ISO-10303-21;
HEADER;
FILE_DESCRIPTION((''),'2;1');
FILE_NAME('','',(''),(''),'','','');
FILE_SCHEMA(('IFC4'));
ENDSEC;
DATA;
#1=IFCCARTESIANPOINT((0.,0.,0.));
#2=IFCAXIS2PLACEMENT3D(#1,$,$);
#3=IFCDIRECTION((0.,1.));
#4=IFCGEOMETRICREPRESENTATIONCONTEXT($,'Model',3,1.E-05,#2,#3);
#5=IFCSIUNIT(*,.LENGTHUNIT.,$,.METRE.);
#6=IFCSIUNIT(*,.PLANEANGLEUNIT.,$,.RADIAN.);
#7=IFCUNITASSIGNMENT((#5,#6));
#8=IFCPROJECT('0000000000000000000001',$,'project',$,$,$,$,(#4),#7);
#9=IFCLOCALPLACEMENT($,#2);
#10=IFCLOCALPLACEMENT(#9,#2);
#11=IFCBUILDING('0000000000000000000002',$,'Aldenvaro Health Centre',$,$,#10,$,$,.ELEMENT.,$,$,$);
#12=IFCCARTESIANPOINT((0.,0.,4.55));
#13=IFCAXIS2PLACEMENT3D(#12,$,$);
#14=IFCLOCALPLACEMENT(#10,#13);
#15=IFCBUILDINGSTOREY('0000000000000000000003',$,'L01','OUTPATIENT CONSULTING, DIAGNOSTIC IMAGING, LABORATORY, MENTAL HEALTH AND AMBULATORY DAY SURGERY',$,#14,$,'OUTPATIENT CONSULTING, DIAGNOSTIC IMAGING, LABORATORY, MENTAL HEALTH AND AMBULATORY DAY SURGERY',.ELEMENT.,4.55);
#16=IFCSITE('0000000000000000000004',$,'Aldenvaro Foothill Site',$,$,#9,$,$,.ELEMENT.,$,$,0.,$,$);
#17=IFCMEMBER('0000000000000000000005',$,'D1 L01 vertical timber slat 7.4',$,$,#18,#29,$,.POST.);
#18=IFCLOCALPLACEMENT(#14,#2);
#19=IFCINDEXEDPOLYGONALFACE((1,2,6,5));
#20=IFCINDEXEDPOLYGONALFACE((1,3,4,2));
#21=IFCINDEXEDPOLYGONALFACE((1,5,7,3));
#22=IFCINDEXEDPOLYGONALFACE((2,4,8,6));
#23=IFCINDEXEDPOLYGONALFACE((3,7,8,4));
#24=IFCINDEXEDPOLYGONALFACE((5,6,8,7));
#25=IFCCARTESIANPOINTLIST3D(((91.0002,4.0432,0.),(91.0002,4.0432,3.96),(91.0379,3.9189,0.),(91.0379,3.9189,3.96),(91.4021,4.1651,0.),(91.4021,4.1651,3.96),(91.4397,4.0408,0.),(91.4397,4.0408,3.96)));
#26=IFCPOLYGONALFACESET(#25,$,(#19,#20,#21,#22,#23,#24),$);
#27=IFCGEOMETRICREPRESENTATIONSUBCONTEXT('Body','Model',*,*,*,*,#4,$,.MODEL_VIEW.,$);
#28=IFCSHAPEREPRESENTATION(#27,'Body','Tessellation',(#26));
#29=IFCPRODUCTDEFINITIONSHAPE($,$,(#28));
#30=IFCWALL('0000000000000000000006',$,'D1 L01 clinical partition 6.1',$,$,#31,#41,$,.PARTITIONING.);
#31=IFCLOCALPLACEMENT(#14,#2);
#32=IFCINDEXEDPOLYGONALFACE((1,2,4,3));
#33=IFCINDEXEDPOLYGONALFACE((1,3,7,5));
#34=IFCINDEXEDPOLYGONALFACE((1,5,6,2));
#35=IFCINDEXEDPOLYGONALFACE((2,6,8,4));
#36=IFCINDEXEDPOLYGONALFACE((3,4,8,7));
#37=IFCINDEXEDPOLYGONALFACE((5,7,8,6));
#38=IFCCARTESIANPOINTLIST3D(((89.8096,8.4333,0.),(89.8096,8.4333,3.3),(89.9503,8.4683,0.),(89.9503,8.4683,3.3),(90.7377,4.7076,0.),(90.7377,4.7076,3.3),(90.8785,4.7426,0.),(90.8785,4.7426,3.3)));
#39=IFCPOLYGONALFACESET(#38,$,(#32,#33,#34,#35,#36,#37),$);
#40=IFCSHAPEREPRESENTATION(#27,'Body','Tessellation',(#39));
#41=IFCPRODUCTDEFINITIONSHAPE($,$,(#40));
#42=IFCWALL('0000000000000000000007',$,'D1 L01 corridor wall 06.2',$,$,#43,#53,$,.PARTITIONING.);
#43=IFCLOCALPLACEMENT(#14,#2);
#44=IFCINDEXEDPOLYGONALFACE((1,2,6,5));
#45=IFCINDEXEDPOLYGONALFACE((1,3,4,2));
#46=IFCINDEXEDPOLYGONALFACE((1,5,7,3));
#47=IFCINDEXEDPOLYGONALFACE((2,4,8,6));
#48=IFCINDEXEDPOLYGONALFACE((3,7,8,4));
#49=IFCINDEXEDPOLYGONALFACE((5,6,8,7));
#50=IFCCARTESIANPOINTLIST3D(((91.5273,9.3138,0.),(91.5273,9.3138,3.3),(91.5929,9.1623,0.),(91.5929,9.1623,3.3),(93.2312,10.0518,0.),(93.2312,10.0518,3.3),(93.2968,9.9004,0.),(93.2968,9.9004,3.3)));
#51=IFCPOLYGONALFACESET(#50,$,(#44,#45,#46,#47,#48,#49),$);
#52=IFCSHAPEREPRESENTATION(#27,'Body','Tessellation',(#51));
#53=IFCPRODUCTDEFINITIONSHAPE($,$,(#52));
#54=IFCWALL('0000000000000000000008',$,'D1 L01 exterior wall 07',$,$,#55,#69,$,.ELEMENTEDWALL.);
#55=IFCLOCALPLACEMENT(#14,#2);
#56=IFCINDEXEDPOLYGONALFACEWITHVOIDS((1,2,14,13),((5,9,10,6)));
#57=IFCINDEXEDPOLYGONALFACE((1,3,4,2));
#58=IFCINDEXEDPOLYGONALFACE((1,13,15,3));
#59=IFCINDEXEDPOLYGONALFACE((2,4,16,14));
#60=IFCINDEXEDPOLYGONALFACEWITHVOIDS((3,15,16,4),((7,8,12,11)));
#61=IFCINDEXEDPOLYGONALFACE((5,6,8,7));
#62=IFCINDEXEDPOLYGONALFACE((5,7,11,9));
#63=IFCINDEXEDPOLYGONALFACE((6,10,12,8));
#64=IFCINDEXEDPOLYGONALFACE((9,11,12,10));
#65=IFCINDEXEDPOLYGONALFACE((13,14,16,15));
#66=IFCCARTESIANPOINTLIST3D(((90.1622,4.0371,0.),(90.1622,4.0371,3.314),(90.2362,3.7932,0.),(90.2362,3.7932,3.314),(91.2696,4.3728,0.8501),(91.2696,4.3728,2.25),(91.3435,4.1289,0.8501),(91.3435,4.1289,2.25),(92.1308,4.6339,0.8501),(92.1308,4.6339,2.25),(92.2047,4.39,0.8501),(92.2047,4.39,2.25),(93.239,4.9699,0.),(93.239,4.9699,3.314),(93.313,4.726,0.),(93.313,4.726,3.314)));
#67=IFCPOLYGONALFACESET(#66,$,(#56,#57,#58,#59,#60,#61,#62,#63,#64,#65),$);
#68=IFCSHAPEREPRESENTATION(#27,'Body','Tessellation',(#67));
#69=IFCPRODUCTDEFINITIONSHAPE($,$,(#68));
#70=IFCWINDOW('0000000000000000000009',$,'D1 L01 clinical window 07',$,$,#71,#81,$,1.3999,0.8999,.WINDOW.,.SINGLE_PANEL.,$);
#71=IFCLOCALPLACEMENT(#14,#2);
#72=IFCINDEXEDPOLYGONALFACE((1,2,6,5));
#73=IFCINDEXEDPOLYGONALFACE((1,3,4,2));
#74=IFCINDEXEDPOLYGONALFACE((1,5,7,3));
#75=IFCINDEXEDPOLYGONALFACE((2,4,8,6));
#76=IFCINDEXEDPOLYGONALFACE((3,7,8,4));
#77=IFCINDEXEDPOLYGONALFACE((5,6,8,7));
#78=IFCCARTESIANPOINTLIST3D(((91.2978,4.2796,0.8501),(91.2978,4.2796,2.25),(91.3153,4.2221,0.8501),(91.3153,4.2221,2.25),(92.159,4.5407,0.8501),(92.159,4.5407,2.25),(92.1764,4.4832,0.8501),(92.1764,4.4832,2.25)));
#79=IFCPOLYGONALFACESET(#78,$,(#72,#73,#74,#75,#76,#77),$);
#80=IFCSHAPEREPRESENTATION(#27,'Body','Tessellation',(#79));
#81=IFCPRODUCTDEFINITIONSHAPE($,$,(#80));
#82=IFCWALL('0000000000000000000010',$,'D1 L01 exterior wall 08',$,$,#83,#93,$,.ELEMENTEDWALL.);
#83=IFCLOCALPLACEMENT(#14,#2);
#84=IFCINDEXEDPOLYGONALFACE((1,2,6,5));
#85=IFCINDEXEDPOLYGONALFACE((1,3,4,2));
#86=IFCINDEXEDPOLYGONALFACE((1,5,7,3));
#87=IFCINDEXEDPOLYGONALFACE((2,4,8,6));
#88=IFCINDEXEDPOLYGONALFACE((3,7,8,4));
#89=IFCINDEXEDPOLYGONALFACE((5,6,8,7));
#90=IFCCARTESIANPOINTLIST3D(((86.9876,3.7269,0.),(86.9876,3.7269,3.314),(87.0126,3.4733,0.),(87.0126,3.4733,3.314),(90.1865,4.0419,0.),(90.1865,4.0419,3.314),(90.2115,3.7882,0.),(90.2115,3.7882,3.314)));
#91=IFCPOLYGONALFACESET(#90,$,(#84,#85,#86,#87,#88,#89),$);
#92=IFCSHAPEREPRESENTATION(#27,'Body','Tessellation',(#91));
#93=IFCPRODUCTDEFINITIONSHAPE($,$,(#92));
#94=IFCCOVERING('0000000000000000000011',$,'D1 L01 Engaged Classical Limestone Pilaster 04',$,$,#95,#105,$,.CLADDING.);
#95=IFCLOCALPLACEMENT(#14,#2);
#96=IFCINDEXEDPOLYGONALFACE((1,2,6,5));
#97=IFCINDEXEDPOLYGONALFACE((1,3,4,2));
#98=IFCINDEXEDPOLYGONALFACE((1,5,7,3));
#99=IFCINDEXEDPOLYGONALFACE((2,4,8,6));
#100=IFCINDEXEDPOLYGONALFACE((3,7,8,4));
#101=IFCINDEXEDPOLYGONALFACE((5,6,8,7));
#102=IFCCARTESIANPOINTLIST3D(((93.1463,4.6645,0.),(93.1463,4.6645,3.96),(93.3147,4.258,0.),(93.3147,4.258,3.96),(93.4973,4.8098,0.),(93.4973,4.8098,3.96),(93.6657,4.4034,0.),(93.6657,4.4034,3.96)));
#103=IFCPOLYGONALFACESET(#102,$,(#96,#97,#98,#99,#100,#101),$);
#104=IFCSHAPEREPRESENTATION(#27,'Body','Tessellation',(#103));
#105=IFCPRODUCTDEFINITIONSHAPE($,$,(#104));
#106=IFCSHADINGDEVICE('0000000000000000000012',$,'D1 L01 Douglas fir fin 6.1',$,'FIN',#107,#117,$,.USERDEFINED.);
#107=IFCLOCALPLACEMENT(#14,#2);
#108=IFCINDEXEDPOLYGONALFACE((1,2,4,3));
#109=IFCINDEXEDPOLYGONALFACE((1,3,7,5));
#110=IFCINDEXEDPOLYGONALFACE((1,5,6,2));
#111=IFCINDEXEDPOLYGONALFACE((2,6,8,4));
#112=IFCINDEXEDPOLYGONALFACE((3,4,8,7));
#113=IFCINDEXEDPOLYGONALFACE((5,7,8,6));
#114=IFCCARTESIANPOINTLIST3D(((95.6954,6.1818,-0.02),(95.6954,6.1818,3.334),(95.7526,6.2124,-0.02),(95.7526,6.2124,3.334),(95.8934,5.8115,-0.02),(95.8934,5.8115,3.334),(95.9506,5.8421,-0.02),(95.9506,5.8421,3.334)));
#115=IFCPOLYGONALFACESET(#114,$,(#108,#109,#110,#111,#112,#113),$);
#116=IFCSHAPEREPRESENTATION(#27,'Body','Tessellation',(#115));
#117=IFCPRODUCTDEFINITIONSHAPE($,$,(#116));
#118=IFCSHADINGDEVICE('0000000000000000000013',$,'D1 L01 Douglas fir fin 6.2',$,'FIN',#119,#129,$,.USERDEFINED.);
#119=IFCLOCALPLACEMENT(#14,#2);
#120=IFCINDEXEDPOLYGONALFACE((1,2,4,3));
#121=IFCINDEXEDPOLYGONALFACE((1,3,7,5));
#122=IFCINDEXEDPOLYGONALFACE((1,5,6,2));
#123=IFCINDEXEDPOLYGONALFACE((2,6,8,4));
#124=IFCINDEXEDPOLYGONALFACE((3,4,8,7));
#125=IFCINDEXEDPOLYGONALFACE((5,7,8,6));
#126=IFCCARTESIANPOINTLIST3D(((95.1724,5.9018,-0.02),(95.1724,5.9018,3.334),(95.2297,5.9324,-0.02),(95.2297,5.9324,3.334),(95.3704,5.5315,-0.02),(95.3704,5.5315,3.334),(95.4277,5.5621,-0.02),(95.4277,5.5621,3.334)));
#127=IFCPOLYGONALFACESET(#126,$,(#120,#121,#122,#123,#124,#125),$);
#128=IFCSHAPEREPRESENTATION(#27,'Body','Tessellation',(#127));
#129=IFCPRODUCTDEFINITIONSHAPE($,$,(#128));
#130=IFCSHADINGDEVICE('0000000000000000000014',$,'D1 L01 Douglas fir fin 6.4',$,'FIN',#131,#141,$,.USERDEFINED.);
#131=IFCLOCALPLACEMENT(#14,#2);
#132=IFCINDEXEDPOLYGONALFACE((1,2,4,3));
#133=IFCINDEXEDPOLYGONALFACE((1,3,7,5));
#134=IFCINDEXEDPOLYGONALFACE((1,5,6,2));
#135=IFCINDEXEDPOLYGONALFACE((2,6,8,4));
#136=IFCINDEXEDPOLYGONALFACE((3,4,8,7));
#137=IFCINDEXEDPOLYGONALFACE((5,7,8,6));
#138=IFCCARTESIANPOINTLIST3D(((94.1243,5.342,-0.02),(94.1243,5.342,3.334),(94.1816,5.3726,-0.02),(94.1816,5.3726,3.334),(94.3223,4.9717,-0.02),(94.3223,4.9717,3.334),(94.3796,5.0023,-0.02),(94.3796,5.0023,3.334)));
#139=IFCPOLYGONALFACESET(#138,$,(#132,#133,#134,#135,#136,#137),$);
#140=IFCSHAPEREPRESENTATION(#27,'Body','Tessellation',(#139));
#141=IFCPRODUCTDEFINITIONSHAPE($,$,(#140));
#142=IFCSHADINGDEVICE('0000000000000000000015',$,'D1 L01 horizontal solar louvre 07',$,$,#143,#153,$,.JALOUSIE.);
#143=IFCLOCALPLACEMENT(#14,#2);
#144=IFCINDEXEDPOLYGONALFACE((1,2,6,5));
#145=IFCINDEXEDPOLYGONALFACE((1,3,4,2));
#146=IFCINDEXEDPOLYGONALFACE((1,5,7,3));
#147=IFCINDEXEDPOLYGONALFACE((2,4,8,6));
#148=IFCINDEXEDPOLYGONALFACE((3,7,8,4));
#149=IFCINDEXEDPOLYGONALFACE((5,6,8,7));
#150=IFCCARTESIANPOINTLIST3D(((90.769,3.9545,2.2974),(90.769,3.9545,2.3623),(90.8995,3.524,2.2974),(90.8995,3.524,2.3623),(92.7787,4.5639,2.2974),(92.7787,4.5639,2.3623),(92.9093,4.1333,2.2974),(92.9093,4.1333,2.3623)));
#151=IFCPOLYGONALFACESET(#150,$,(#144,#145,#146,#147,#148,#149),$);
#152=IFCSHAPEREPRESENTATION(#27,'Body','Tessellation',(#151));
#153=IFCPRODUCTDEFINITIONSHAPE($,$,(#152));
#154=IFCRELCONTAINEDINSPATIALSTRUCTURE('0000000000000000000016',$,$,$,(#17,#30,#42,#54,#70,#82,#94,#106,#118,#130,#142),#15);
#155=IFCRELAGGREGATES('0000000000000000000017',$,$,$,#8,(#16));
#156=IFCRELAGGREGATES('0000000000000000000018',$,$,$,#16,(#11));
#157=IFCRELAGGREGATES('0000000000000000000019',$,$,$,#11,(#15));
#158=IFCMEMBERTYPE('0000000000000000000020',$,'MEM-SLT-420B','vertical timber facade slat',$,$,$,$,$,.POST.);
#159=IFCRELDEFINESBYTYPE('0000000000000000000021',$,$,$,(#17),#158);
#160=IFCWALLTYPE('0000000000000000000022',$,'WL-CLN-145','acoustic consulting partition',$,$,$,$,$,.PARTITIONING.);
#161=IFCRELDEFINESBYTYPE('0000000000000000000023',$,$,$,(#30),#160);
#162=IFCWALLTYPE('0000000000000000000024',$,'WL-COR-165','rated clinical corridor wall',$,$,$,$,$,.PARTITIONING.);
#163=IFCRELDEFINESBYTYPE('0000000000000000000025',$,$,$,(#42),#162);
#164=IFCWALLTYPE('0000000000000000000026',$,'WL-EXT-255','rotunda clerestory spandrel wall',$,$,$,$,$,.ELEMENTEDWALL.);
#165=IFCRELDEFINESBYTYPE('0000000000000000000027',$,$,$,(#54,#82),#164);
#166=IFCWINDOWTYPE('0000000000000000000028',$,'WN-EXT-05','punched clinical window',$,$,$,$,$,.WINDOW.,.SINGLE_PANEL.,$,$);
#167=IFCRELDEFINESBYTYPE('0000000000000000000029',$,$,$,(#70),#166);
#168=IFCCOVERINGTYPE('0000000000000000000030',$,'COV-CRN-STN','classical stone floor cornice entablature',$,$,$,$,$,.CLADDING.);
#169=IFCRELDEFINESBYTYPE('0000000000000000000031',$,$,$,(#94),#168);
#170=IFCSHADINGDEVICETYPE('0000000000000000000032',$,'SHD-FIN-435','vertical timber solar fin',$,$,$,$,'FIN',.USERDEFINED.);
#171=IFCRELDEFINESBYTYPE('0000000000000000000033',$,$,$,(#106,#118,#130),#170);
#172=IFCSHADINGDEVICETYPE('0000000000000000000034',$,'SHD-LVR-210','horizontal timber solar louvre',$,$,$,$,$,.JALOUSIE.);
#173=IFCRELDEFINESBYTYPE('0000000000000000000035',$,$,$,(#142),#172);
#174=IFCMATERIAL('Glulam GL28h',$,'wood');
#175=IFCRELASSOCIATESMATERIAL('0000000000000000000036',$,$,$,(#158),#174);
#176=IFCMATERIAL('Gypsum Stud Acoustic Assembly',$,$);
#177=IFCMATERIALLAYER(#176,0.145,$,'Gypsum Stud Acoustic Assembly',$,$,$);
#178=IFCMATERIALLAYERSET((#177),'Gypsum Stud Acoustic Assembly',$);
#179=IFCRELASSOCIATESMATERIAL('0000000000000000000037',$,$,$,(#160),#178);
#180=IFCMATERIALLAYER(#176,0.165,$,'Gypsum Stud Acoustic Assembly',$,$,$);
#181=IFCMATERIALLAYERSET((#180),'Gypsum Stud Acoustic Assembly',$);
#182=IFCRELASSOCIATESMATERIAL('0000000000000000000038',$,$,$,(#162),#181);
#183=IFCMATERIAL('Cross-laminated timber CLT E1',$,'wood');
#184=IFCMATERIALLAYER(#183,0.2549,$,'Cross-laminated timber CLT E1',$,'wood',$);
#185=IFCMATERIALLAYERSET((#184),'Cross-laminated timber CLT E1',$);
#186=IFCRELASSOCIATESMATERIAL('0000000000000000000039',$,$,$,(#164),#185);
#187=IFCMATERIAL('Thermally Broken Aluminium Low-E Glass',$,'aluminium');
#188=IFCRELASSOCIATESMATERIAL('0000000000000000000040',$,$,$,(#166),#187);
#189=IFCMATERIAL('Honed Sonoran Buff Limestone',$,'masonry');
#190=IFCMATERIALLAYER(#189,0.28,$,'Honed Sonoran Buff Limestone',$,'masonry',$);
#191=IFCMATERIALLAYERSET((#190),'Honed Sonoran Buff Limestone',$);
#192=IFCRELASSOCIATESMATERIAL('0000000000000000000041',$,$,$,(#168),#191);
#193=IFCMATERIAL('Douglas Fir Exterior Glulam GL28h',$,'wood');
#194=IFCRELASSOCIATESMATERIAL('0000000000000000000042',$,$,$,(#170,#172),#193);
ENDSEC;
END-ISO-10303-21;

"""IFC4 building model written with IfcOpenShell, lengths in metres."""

from ifc_helpers import new_model, si_unit, direction, frame, frame_2d, origin, origin_2d, place, context, subcontext, project, spatial, rectangle, extrude, material, layer, layer_set, material_profile, profile_set, type_object, element, fill, save


model = new_model("IFC4")

# Units and contexts
model_context = context("Model", 3, precision=1e-05, world=origin(), true_north=direction((0.0, 1.0)))
body_context = subcontext(model_context, "Body", "Model", "MODEL_VIEW")
ifc_project = project(units=[si_unit("LENGTHUNIT", "METRE"), si_unit("PLANEANGLEUNIT", "RADIAN")], contexts=[model_context])

# Site, building, storey
site_placement = place(None, origin())
site = spatial("IfcSite", under=ifc_project, at=site_placement, Name="Aldenvaro Foothill Site", CompositionType="ELEMENT", RefElevation=0.0)
building_placement = place(site_placement, origin())
building = spatial("IfcBuilding", under=site, at=building_placement, Name="Aldenvaro Health Centre", CompositionType="ELEMENT")
storey_placement = place(building_placement, frame((0.0, 0.0, 4.55)))
storey = spatial("IfcBuildingStorey", under=building, at=storey_placement, Name="L01", Description="OUTPATIENT CONSULTING, DIAGNOSTIC IMAGING, LABORATORY, MENTAL HEALTH AND AMBULATORY DAY SURGERY", LongName="OUTPATIENT CONSULTING, DIAGNOSTIC IMAGING, LABORATORY, MENTAL HEALTH AND AMBULATORY DAY SURGERY", CompositionType="ELEMENT", Elevation=4.55)

# Shared definitions
ifc_material_1 = material(Name="Glulam GL28h", Category="wood")

# Member
ifc_material_profile_1 = material_profile(ifc_material_1, rectangle(XDim=0.1299, YDim=0.4199, at=origin_2d()), Name="GL 130x420", Category="wood")
ifc_profile_set_1 = profile_set([ifc_material_profile_1], Name="Glulam GL28h")
member_type_1 = type_object("IfcMemberType", Name="MEM-SLT-420B", Description="vertical timber facade slat", PredefinedType="POST", material=ifc_profile_set_1)
for number, where, z_axis, x_axis, name in (
    (1, (91.22, 4.042, 0.0), (0.0, 0.0, 1.0), (0.290171, -0.956975, 0.0), "D1 L01 vertical timber slat 7.4"),
):
    element("IfcMember", number, at=place(storey_placement, frame(where, z_axis=z_axis, x_axis=x_axis)), inside=storey, type_object=member_type_1, Name=name, PredefinedType="POST", context=body_context, shape_type="SweptSolid", body=[
        extrude(rectangle(XDim=0.1299, YDim=0.4199, at=origin_2d()), origin(), (0.0, 0.0, 1.0), 3.96),
    ])

# Wall
ifc_material_2 = material(Name="Gypsum Stud Acoustic Assembly")
ifc_layer_1 = layer(ifc_material_2, 0.145, Name="Gypsum Stud Acoustic Assembly")
ifc_layer_set_1 = layer_set([ifc_layer_1], Name="Gypsum Stud Acoustic Assembly")
wall_type_1 = type_object("IfcWallType", Name="WL-CLN-145", Description="acoustic consulting partition", PredefinedType="PARTITIONING", material=ifc_layer_set_1)
wall_1_placement = place(storey_placement, frame((89.8799, 8.4509, 0.0), z_axis=(0.0, 0.0, 1.0), x_axis=(0.241743, -0.97034, 0.0)))
element("IfcWall", 2, at=wall_1_placement, inside=storey, type_object=wall_type_1, Name="D1 L01 clinical partition 6.1", PredefinedType="PARTITIONING", context=body_context, shape_type="SweptSolid", body=[
    extrude(rectangle(XDim=3.8396, YDim=0.145, at=frame_2d((1.9199, 0.0))), origin(), (0.0, 0.0, 1.0), 3.3),
])

# Shared definitions
ifc_layer_2 = layer(ifc_material_2, 0.165, Name="Gypsum Stud Acoustic Assembly")
ifc_layer_set_2 = layer_set([ifc_layer_2], Name="Gypsum Stud Acoustic Assembly")
wall_type_2 = type_object("IfcWallType", Name="WL-COR-165", Description="rated clinical corridor wall", PredefinedType="PARTITIONING", material=ifc_layer_set_2)

# Wall
wall_2_placement = place(storey_placement, frame((91.5601, 9.238, 0.0), z_axis=(0.0, 0.0, 1.0), x_axis=(0.917615, 0.397471, 0.0)))
element("IfcWall", 3, at=wall_2_placement, inside=storey, type_object=wall_type_2, Name="D1 L01 corridor wall 06.2", PredefinedType="PARTITIONING", context=body_context, shape_type="SweptSolid", body=[
    extrude(rectangle(XDim=1.8569, YDim=0.165, at=frame_2d((0.9285, 0.0))), origin(), (0.0, 0.0, 1.0), 3.3),
])

# Wall, opening, window
ifc_material_3 = material(Name="Cross-laminated timber CLT E1", Category="wood")
ifc_layer_3 = layer(ifc_material_3, 0.2549, Name="Cross-laminated timber CLT E1", Category="wood")
ifc_layer_set_3 = layer_set([ifc_layer_3], Name="Cross-laminated timber CLT E1")
wall_type_3 = type_object("IfcWallType", Name="WL-EXT-255", Description="rotunda clerestory spandrel wall", PredefinedType="ELEMENTEDWALL", material=ifc_layer_set_3)
wall_3_placement = place(storey_placement, frame((93.2759, 4.8479, 0.0), z_axis=(0.0, 0.0, 1.0), x_axis=(-0.956984, -0.29014, 0.0)))
wall_3 = element("IfcWall", 4, at=wall_3_placement, inside=storey, type_object=wall_type_3, Name="D1 L01 exterior wall 07", PredefinedType="ELEMENTEDWALL", context=body_context, shape_type="SweptSolid", body=[
    extrude(rectangle(XDim=3.2151, YDim=0.2549, at=frame_2d((1.6074, 0.0))), origin(), (0.0, 0.0, 1.0), 3.314),
])
opening_1_placement = place(wall_3_placement, frame((1.158, 0.0, 0.8501)))
opening_1 = element("IfcOpeningElement", 5, at=opening_1_placement, cuts=wall_3, PredefinedType="OPENING", context=body_context, shape_type="SweptSolid", body=[
    extrude(rectangle(XDim=0.8999, YDim=1.3999, at=frame_2d((0.45, 0.7))), frame((0.0, 0.1375, 0.0), z_axis=(0.0, -1.0, 0.0), x_axis=(1.0, 0.0, 0.0)), (0.0, 0.0, 1.0), 0.2749),
])
ifc_material_4 = material(Name="Thermally Broken Aluminium Low-E Glass", Category="aluminium")
window_type = type_object("IfcWindowType", Name="WN-EXT-05", Description="punched clinical window", PartitioningType="SINGLE_PANEL", PredefinedType="WINDOW", material=ifc_material_4)
window_placement = place(opening_1_placement, origin())
window = element("IfcWindow", 6, at=window_placement, inside=storey, type_object=window_type, Name="D1 L01 clinical window 07", OverallHeight=1.3999, OverallWidth=0.8999, PartitioningType="SINGLE_PANEL", PredefinedType="WINDOW", context=body_context, shape_type="SweptSolid", body=[
    extrude(rectangle(XDim=0.8999, YDim=1.3999, at=frame_2d((0.45, 0.7))), frame((0.0, 0.03, 0.0), z_axis=(0.0, -1.0, 0.0), x_axis=(1.0, 0.0, 0.0)), (0.0, 0.0, 1.0), 0.0601),
])
fill(opening_1, window)

# Wall
wall_4_placement = place(storey_placement, frame((90.199, 3.915, 0.0), z_axis=(0.0, 0.0, 1.0), x_axis=(-0.995189, -0.097977, 0.0)))
element("IfcWall", 7, at=wall_4_placement, inside=storey, type_object=wall_type_3, Name="D1 L01 exterior wall 08", PredefinedType="ELEMENTEDWALL", context=body_context, shape_type="SweptSolid", body=[
    extrude(rectangle(XDim=3.2144, YDim=0.2549, at=frame_2d((1.6072, 0.0))), origin(), (0.0, 0.0, 1.0), 3.314),
])

# Covering
ifc_material_5 = material(Name="Honed Sonoran Buff Limestone", Category="masonry")
ifc_layer_4 = layer(ifc_material_5, 0.28, Name="Honed Sonoran Buff Limestone", Category="masonry")
ifc_layer_set_4 = layer_set([ifc_layer_4], Name="Honed Sonoran Buff Limestone")
covering_type = type_object("IfcCoveringType", Name="COV-CRN-STN", Description="classical stone floor cornice entablature", PredefinedType="CLADDING", material=ifc_layer_set_4)
covering_placement = place(storey_placement, frame((93.406, 4.5339, 0.0), z_axis=(0.0, 0.0, 1.0), x_axis=(0.382675, -0.923883, 0.0)))
element("IfcCovering", 8, at=covering_placement, inside=storey, type_object=covering_type, Name="D1 L01 Engaged Classical Limestone Pilaster 04", PredefinedType="CLADDING", context=body_context, shape_type="SweptSolid", body=[
    extrude(rectangle(XDim=0.4399, YDim=0.3799, at=origin_2d()), origin(), (0.0, 0.0, 1.0), 3.96),
])

# Shading devices
ifc_material_6 = material(Name="Douglas Fir Exterior Glulam GL28h", Category="wood")
shading_device_type_1 = type_object("IfcShadingDeviceType", Name="SHD-FIN-435", Description="vertical timber solar fin", ElementType="FIN", PredefinedType="USERDEFINED", material=ifc_material_6)
for number, where, z_axis, x_axis, name in (
    (9, (95.823, 6.012, -0.02), (0.0, 0.0, 1.0), (-0.881836, -0.471557, 0.0), "D1 L01 Douglas fir fin 6.1"),
    (10, (95.3, 5.7319, -0.02), (0.0, 0.0, 1.0), (-0.881836, -0.471557, 0.0), "D1 L01 Douglas fir fin 6.2"),
    (11, (94.252, 5.1721, -0.02), (0.0, 0.0, 1.0), (-0.881836, -0.471557, 0.0), "D1 L01 Douglas fir fin 6.4"),
):
    element("IfcShadingDevice", number, at=place(storey_placement, frame(where, z_axis=z_axis, x_axis=x_axis)), inside=storey, type_object=shading_device_type_1, Name=name, ObjectType="FIN", PredefinedType="USERDEFINED", context=body_context, shape_type="SweptSolid", body=[
        extrude(rectangle(XDim=0.0649, YDim=0.4199, at=origin_2d()), origin(), (0.0, 0.0, 1.0), 3.354),
    ])
shading_device_type_2 = type_object("IfcShadingDeviceType", Name="SHD-LVR-210", Description="horizontal timber solar louvre", PredefinedType="JALOUSIE", material=ifc_material_6)
shading_device_placement = place(storey_placement, frame((91.8391, 4.0439, 2.2974), z_axis=(0.0, 0.0, 1.0), x_axis=(-0.956975, -0.290171, 0.0)))
element("IfcShadingDevice", 12, at=shading_device_placement, inside=storey, type_object=shading_device_type_2, Name="D1 L01 horizontal solar louvre 07", PredefinedType="JALOUSIE", context=body_context, shape_type="SweptSolid", body=[
    extrude(rectangle(XDim=2.1001, YDim=0.45, at=origin_2d()), origin(), (0.0, 0.0, 1.0), 0.0649),
])

save(model, "model.ifc")
